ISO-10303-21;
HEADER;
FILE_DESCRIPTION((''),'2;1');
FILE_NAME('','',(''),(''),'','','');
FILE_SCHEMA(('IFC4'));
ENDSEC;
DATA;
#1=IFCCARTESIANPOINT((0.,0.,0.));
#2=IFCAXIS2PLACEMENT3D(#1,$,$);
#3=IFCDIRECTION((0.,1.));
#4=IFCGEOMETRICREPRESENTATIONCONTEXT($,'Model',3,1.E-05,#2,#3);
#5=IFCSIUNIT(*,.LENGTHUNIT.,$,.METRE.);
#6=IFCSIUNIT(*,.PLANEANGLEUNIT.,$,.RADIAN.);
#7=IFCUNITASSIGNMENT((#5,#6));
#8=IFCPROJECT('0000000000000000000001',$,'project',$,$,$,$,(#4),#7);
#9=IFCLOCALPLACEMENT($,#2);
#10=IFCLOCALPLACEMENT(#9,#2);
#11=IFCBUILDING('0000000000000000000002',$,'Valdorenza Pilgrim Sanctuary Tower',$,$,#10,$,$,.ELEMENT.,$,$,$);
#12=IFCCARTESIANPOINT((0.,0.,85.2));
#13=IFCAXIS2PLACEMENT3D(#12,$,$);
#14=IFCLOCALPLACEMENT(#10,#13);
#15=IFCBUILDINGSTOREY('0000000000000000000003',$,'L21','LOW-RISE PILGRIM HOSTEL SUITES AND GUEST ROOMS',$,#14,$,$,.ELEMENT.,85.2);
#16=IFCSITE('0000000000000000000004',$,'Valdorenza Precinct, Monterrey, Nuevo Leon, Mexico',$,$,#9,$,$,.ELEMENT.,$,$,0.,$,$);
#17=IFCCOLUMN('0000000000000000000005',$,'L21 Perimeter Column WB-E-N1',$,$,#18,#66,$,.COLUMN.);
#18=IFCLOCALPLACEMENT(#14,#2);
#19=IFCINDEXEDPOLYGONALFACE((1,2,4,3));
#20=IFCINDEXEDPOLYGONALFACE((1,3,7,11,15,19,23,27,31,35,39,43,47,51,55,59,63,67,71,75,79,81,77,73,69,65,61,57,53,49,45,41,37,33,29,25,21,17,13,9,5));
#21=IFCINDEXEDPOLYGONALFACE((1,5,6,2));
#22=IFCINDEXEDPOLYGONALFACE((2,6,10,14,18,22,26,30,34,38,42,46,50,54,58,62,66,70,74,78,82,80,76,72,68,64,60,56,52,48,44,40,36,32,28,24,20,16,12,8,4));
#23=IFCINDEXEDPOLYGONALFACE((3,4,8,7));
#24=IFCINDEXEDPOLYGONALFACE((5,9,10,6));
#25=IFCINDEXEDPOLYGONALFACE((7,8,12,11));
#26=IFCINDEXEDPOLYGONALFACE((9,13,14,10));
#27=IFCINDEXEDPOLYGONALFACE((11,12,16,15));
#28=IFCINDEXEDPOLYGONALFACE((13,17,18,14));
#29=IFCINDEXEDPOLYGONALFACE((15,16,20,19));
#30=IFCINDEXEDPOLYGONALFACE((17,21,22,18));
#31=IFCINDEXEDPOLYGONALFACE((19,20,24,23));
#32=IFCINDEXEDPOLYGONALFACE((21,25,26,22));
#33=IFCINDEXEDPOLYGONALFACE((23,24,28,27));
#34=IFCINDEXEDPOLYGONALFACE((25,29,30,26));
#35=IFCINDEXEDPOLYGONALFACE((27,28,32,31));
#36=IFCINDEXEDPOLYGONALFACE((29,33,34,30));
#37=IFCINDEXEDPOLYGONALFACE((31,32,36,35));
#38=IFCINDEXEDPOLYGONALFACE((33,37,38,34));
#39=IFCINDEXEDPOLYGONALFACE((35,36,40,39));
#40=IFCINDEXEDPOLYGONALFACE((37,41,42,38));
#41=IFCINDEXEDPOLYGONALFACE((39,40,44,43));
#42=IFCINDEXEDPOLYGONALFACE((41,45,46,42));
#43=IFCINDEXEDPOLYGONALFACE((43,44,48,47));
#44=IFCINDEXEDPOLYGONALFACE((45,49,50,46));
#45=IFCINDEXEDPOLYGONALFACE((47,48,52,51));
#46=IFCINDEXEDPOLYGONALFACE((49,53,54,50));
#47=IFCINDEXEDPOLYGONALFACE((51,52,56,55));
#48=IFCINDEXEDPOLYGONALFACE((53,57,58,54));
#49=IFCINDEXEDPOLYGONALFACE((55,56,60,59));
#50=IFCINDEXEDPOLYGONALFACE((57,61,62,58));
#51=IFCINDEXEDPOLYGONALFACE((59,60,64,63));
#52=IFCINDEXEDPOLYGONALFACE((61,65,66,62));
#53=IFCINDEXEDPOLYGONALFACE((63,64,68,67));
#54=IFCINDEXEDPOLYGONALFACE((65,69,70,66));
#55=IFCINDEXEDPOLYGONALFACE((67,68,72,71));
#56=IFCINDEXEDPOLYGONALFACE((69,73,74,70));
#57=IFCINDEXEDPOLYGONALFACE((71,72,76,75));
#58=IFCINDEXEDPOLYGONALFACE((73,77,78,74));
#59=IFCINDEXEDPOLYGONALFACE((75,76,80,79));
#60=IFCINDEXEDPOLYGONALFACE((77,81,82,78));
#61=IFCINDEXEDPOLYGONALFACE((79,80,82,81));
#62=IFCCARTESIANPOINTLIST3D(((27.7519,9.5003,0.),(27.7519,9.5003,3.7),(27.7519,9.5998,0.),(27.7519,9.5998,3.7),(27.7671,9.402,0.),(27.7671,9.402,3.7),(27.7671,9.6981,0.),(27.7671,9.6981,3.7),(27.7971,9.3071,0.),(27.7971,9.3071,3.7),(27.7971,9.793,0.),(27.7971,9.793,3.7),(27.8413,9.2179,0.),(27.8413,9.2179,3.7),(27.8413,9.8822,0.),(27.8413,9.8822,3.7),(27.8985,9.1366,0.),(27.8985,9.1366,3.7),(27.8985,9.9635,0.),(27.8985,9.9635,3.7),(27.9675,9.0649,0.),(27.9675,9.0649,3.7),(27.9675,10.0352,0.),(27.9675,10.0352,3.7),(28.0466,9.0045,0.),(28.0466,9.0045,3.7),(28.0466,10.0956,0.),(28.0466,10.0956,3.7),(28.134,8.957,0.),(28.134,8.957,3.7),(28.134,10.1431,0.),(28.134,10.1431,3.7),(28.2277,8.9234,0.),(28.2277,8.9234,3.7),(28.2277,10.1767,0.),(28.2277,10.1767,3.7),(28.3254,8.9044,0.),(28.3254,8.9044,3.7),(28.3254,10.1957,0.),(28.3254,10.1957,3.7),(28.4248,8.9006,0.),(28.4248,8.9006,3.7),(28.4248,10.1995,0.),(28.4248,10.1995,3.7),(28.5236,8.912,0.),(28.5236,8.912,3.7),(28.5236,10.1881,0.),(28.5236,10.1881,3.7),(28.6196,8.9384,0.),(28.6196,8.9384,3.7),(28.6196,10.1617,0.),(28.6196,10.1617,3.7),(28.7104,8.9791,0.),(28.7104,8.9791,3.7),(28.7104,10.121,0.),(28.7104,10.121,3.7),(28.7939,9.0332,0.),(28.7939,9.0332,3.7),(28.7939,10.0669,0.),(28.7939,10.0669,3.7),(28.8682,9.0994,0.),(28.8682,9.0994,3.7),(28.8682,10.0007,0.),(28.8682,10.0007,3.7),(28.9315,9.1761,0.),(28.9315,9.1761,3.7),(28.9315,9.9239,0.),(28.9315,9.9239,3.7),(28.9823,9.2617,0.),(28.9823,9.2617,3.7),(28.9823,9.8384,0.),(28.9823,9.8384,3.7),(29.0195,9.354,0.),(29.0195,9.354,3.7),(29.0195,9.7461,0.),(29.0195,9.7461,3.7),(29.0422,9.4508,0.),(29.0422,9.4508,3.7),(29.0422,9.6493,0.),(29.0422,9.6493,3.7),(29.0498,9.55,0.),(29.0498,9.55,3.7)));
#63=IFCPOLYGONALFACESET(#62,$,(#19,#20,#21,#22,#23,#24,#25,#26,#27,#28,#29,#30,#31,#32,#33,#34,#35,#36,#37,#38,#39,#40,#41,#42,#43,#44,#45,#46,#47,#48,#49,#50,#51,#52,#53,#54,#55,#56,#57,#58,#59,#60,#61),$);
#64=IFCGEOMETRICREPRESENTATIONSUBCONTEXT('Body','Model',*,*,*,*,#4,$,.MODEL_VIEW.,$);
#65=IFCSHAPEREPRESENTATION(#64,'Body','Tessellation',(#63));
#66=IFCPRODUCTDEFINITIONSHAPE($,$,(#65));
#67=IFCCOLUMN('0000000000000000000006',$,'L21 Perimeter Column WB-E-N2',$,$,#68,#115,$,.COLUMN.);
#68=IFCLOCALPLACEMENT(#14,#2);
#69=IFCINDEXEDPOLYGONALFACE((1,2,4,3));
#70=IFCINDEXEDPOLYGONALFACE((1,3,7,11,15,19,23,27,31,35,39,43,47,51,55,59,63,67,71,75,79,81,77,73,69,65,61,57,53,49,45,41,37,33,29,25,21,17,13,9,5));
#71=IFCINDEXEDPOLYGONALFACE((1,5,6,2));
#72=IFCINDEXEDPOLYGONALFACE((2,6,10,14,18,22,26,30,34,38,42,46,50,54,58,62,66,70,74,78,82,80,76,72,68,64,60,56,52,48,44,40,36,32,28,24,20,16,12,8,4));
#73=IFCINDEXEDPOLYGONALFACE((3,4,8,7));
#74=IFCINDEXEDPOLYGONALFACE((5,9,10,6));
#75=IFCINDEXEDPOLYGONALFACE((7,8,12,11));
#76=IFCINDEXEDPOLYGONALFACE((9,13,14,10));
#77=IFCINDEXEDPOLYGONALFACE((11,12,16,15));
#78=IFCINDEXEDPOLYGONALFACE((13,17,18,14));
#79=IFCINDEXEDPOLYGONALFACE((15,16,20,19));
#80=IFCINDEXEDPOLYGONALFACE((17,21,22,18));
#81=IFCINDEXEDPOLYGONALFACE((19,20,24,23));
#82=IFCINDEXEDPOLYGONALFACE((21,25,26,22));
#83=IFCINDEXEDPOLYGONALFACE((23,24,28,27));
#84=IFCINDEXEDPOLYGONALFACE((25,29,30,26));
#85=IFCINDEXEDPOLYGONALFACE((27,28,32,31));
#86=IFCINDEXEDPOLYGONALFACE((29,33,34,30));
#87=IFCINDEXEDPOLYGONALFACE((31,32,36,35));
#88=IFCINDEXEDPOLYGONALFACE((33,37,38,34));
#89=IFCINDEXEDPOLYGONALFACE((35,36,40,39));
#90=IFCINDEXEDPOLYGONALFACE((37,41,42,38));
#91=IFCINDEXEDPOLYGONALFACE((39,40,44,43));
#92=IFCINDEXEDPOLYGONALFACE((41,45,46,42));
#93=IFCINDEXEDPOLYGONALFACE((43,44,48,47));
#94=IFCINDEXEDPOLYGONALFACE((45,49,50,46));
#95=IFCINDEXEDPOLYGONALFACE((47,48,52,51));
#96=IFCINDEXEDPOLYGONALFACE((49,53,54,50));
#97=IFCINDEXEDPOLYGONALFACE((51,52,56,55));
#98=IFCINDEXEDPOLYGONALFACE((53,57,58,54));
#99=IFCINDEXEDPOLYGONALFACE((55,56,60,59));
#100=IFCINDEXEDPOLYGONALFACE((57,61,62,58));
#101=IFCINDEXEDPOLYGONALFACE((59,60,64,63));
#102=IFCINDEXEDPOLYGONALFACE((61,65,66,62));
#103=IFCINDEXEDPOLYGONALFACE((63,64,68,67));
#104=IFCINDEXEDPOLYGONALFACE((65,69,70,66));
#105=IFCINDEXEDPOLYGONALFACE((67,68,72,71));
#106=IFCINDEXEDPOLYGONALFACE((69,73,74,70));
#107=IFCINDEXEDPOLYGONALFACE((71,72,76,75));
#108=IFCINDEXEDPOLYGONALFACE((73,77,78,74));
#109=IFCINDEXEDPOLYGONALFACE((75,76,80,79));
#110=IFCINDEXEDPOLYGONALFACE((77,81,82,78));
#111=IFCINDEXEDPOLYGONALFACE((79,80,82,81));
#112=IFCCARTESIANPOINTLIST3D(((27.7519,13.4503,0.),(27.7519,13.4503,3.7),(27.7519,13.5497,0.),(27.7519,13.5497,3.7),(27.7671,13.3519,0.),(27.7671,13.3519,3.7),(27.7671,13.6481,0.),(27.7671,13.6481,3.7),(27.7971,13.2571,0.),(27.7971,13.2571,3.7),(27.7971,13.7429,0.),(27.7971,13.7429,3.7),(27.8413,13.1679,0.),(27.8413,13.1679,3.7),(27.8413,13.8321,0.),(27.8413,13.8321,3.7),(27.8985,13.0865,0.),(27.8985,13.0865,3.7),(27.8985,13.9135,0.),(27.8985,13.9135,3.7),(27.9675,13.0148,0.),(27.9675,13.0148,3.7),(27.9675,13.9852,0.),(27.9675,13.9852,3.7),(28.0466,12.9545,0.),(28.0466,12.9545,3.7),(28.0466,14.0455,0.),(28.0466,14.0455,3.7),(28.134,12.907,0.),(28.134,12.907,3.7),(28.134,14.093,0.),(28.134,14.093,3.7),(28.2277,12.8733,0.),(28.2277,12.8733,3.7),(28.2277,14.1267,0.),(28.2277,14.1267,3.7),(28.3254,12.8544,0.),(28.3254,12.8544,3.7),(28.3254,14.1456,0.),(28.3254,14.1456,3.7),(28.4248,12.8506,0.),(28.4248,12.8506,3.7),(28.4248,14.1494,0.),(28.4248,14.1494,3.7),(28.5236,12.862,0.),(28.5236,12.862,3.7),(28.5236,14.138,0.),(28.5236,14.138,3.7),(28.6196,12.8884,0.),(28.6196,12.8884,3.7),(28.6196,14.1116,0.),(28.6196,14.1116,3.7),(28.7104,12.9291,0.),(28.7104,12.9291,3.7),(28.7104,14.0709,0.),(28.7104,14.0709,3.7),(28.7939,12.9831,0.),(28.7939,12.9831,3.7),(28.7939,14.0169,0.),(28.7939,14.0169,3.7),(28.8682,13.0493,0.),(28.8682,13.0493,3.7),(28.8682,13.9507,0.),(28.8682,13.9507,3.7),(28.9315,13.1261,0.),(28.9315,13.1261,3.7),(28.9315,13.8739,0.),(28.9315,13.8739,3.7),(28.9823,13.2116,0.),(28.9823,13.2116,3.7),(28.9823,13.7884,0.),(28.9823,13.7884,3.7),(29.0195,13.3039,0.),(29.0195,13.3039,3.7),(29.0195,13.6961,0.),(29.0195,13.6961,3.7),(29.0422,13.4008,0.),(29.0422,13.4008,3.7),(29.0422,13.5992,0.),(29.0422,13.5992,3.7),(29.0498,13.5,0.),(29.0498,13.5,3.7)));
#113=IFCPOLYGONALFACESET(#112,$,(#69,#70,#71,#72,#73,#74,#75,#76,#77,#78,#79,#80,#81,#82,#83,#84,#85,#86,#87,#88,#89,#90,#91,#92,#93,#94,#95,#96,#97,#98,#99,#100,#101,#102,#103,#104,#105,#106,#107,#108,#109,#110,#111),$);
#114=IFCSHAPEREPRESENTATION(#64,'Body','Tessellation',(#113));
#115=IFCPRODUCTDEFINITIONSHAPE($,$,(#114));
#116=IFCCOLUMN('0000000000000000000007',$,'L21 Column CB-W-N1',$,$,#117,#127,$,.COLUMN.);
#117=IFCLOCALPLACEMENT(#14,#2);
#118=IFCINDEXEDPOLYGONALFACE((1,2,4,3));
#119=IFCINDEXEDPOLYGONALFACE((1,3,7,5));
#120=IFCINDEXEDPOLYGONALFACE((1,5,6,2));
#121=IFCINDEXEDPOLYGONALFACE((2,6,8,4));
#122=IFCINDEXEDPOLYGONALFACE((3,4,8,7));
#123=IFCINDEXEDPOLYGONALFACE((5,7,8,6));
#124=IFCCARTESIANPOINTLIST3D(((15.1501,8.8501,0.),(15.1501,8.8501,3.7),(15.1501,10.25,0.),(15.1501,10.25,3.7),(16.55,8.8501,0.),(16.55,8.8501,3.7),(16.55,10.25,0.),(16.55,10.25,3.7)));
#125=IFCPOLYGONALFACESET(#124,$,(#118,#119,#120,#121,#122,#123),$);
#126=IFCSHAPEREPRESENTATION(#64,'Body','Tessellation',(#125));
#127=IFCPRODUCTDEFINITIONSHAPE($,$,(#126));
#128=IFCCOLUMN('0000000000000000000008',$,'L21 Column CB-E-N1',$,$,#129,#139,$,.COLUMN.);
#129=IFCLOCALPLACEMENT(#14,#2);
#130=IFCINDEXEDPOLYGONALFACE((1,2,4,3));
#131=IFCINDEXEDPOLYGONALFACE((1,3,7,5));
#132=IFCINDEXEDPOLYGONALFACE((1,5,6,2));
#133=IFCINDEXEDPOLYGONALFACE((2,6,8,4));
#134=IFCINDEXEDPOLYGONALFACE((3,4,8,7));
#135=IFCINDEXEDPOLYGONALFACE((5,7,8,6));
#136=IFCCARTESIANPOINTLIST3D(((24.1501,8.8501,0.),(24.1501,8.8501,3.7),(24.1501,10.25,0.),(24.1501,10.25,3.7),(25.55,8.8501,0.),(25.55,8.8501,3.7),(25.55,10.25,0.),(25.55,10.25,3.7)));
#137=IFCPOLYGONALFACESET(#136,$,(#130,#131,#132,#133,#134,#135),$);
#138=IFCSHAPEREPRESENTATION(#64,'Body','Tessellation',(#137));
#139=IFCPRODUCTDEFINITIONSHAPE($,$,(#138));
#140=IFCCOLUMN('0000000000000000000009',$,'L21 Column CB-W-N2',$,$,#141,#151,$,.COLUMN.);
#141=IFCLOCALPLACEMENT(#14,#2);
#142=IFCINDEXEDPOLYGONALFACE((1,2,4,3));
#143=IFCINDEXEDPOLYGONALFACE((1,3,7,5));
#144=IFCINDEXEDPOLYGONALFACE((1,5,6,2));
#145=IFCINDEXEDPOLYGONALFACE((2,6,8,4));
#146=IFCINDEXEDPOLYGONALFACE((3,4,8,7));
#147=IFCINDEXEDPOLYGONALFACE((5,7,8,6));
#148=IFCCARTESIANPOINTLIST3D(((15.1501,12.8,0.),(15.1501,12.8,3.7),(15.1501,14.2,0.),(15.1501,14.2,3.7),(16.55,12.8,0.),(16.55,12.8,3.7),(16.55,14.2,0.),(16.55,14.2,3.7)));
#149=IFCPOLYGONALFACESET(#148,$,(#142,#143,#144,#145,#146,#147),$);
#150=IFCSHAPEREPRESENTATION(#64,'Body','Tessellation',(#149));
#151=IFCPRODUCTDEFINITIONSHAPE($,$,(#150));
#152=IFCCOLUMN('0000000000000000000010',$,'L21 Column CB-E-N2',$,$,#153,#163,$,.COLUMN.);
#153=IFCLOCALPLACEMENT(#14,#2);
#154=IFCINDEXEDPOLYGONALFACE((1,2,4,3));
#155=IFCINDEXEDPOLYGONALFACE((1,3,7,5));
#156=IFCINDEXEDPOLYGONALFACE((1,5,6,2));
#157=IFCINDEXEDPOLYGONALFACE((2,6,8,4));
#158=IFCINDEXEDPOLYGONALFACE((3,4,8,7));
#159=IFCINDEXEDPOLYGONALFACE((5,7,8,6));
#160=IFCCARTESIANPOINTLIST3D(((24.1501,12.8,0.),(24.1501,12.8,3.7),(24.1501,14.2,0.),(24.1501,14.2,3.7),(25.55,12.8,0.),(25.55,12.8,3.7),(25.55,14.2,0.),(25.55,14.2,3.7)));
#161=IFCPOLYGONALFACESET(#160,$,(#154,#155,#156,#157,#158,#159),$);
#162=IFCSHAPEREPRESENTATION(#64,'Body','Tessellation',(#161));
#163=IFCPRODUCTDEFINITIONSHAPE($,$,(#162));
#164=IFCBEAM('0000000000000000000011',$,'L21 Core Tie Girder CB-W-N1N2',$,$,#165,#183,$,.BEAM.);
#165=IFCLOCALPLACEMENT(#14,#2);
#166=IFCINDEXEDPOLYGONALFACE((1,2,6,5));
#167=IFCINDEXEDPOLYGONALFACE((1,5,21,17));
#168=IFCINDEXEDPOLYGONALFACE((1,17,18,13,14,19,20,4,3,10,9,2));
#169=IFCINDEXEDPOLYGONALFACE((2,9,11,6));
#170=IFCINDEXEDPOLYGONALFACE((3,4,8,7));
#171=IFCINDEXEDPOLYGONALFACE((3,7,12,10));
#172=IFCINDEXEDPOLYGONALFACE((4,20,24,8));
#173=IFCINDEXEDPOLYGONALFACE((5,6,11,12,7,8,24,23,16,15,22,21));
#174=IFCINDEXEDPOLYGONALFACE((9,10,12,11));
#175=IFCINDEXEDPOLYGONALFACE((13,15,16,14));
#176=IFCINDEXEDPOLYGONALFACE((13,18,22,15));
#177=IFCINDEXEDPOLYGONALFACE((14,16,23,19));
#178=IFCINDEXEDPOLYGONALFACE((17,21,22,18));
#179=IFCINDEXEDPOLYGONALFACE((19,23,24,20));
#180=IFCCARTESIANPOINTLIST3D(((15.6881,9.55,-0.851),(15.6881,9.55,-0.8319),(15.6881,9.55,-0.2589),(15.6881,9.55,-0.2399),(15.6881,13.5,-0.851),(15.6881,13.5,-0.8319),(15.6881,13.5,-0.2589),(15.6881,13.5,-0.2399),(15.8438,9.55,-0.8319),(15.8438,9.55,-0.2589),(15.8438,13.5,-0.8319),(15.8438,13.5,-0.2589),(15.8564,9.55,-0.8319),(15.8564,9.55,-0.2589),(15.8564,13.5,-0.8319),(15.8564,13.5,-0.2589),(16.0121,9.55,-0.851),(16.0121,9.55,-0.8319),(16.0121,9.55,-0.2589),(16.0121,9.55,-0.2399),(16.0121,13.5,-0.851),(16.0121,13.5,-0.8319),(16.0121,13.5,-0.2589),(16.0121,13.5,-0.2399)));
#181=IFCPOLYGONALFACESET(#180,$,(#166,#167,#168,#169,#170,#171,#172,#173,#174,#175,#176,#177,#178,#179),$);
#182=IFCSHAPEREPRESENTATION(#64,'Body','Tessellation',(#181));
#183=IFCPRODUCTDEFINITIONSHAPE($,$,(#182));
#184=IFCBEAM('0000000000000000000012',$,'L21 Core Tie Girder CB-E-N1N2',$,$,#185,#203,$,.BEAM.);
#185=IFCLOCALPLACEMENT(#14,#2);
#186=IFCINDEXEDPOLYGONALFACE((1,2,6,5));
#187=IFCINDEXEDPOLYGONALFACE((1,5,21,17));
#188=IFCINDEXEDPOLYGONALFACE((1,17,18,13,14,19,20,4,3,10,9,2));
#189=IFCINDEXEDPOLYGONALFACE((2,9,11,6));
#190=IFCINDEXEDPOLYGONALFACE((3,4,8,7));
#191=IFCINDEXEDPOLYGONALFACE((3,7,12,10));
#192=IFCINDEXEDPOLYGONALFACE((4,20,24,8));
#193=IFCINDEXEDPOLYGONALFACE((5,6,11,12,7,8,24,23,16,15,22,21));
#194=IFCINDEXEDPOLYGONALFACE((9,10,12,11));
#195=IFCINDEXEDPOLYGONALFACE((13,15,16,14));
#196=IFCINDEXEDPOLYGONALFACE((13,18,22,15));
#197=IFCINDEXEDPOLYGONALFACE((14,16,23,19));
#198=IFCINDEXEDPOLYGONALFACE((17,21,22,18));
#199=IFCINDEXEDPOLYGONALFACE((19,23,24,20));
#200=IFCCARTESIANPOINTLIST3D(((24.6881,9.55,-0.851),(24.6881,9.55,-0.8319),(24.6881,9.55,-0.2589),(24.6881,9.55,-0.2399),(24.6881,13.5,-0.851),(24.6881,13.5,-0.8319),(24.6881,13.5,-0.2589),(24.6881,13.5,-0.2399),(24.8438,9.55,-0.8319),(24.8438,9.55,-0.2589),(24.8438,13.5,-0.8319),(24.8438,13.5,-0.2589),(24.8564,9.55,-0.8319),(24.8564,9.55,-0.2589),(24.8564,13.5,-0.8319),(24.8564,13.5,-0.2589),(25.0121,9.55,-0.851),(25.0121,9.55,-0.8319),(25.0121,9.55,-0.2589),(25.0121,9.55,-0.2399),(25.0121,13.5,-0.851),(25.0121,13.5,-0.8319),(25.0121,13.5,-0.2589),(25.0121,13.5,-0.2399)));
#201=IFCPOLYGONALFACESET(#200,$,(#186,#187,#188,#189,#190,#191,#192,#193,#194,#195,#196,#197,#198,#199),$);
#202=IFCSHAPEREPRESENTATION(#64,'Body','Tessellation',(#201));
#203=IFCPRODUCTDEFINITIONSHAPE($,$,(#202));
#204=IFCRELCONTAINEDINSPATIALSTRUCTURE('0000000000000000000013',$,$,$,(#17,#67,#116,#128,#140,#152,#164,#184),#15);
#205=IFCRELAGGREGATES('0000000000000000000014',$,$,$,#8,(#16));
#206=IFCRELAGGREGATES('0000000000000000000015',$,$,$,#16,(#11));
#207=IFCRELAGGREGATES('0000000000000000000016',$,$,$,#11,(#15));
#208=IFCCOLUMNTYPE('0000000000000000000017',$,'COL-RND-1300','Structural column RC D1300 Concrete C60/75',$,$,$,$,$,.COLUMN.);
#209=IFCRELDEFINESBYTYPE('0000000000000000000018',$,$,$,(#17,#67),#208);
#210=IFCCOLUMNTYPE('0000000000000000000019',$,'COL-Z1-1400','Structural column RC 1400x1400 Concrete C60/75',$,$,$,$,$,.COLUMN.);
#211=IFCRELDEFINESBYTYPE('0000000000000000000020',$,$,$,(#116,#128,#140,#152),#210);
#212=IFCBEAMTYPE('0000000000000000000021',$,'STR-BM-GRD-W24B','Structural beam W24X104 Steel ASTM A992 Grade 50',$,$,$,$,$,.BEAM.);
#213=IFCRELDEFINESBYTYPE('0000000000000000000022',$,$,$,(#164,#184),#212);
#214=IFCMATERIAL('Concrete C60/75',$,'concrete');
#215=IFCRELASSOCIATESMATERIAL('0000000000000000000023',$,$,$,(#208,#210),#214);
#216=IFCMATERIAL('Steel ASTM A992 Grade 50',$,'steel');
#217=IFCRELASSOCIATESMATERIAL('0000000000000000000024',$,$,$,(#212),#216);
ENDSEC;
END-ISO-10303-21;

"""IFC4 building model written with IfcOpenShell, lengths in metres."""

from ifc_helpers import new_model, si_unit, direction, frame, origin, origin_2d, place, context, subcontext, project, spatial, rectangle, circle, i_section, extrude, source, transform, mapped, material, material_profile, profile_set, type_object, element, save


model = new_model("IFC4")

# Units and contexts
model_context = context("Model", 3, precision=1e-05, world=origin(), true_north=direction((0.0, 1.0)))
body_context = subcontext(model_context, "Body", "Model", "MODEL_VIEW")
ifc_project = project(units=[si_unit("LENGTHUNIT", "METRE"), si_unit("PLANEANGLEUNIT", "RADIAN")], contexts=[model_context])

# Site, building, storey
site_placement = place(None, origin())
site = spatial("IfcSite", under=ifc_project, at=site_placement, Name="Valdorenza Precinct, Monterrey, Nuevo Leon, Mexico", CompositionType="ELEMENT", RefElevation=0.0)
building_placement = place(site_placement, origin())
building = spatial("IfcBuilding", under=site, at=building_placement, Name="Valdorenza Pilgrim Sanctuary Tower", CompositionType="ELEMENT")
storey_placement = place(building_placement, frame((0.0, 0.0, 85.2)))
storey = spatial("IfcBuildingStorey", under=building, at=storey_placement, Name="L21", Description="LOW-RISE PILGRIM HOSTEL SUITES AND GUEST ROOMS", CompositionType="ELEMENT", Elevation=85.2)

# Columns
ifc_material_1 = material(Name="Concrete C60/75", Category="concrete")
ifc_material_profile_1 = material_profile(ifc_material_1, circle(Radius=0.6499, at=origin_2d()), Name="RC D1300")
ifc_profile_set_1 = profile_set([ifc_material_profile_1], Name="Concrete C60/75")
column_type_1 = type_object("IfcColumnType", Name="COL-RND-1300", Description="Structural column RC D1300 Concrete C60/75", PredefinedType="COLUMN", material=ifc_profile_set_1)
shared_shape_1 = source(origin(), body_context, "Body", "SweptSolid", [
    extrude(circle(Radius=0.6499, at=origin_2d()), origin(), (0.0, 0.0, 1.0), 3.7),
])
for number, where, z_axis, x_axis, name in (
    (1, (28.3999, 9.55, 0.0), (0.0, 0.0, 1.0), (1.0, 0.0, 0.0), "L21 Perimeter Column WB-E-N1"),
    (2, (28.3999, 13.5, 0.0), (0.0, 0.0, 1.0), (1.0, 0.0, 0.0), "L21 Perimeter Column WB-E-N2"),
):
    element("IfcColumn", number, at=place(storey_placement, frame(where, z_axis=z_axis, x_axis=x_axis)), inside=storey, type_object=column_type_1, Name=name, PredefinedType="COLUMN", context=body_context, shape_type="MappedRepresentation", body=[
        mapped(shared_shape_1, transform((0.0, 0.0, 0.0), x_axis=(1.0, 0.0, 0.0), y_axis=(0.0, 1.0, 0.0), z_axis=(0.0, 0.0, 1.0), scale=1.0)),
    ])
ifc_material_profile_2 = material_profile(ifc_material_1, rectangle(XDim=1.3999, YDim=1.3999, at=origin_2d()), Name="RC 1400x1400")
ifc_profile_set_2 = profile_set([ifc_material_profile_2], Name="Concrete C60/75")
column_type_2 = type_object("IfcColumnType", Name="COL-Z1-1400", Description="Structural column RC 1400x1400 Concrete C60/75", PredefinedType="COLUMN", material=ifc_profile_set_2)
shared_shape_2 = source(origin(), body_context, "Body", "SweptSolid", [
    extrude(rectangle(XDim=1.3999, YDim=1.3999, at=origin_2d()), origin(), (0.0, 0.0, 1.0), 3.7),
])
for number, where, z_axis, x_axis, name in (
    (3, (15.8501, 9.55, 0.0), (0.0, 0.0, 1.0), (1.0, 0.0, 0.0), "L21 Column CB-W-N1"),
    (4, (24.8501, 9.55, 0.0), (0.0, 0.0, 1.0), (1.0, 0.0, 0.0), "L21 Column CB-E-N1"),
    (5, (15.8501, 13.5, 0.0), (0.0, 0.0, 1.0), (1.0, 0.0, 0.0), "L21 Column CB-W-N2"),
    (6, (24.8501, 13.5, 0.0), (0.0, 0.0, 1.0), (1.0, 0.0, 0.0), "L21 Column CB-E-N2"),
):
    element("IfcColumn", number, at=place(storey_placement, frame(where, z_axis=z_axis, x_axis=x_axis)), inside=storey, type_object=column_type_2, Name=name, PredefinedType="COLUMN", context=body_context, shape_type="MappedRepresentation", body=[
        mapped(shared_shape_2, transform((0.0, 0.0, 0.0), x_axis=(1.0, 0.0, 0.0), y_axis=(0.0, 1.0, 0.0), z_axis=(0.0, 0.0, 1.0), scale=1.0)),
    ])

# Beams
ifc_material_2 = material(Name="Steel ASTM A992 Grade 50", Category="steel")
ifc_material_profile_3 = material_profile(ifc_material_2, i_section(OverallWidth=0.324, OverallDepth=0.6111, WebThickness=0.0127, FlangeThickness=0.019, at=origin_2d()), Name="W24X104")
ifc_profile_set_3 = profile_set([ifc_material_profile_3], Name="Steel ASTM A992 Grade 50")
beam_type_1 = type_object("IfcBeamType", Name="STR-BM-GRD-W24B", Description="Structural beam W24X104 Steel ASTM A992 Grade 50", PredefinedType="BEAM", material=ifc_profile_set_3)
shared_shape_3 = source(origin(), body_context, "Body", "SweptSolid", [
    extrude(i_section(OverallWidth=0.324, OverallDepth=0.6111, WebThickness=0.0127, FlangeThickness=0.019, at=origin_2d()), origin(), (0.0, 0.0, 1.0), 3.95),
])
for number, where, z_axis, x_axis, name in (
    (7, (15.8501, 9.55, -0.5454), (0.0, 1.0, 0.0), (-1.0, 0.0, 0.0), "L21 Core Tie Girder CB-W-N1N2"),
    (8, (24.8501, 9.55, -0.5454), (0.0, 1.0, 0.0), (-1.0, 0.0, 0.0), "L21 Core Tie Girder CB-E-N1N2"),
):
    element("IfcBeam", number, at=place(storey_placement, frame(where, z_axis=z_axis, x_axis=x_axis)), inside=storey, type_object=beam_type_1, Name=name, PredefinedType="BEAM", context=body_context, shape_type="MappedRepresentation", body=[
        mapped(shared_shape_3, transform((0.0, 0.0, 0.0), x_axis=(1.0, 0.0, 0.0), y_axis=(0.0, 1.0, 0.0), z_axis=(0.0, 0.0, 1.0), scale=1.0)),
    ])

save(model, "model.ifc")
